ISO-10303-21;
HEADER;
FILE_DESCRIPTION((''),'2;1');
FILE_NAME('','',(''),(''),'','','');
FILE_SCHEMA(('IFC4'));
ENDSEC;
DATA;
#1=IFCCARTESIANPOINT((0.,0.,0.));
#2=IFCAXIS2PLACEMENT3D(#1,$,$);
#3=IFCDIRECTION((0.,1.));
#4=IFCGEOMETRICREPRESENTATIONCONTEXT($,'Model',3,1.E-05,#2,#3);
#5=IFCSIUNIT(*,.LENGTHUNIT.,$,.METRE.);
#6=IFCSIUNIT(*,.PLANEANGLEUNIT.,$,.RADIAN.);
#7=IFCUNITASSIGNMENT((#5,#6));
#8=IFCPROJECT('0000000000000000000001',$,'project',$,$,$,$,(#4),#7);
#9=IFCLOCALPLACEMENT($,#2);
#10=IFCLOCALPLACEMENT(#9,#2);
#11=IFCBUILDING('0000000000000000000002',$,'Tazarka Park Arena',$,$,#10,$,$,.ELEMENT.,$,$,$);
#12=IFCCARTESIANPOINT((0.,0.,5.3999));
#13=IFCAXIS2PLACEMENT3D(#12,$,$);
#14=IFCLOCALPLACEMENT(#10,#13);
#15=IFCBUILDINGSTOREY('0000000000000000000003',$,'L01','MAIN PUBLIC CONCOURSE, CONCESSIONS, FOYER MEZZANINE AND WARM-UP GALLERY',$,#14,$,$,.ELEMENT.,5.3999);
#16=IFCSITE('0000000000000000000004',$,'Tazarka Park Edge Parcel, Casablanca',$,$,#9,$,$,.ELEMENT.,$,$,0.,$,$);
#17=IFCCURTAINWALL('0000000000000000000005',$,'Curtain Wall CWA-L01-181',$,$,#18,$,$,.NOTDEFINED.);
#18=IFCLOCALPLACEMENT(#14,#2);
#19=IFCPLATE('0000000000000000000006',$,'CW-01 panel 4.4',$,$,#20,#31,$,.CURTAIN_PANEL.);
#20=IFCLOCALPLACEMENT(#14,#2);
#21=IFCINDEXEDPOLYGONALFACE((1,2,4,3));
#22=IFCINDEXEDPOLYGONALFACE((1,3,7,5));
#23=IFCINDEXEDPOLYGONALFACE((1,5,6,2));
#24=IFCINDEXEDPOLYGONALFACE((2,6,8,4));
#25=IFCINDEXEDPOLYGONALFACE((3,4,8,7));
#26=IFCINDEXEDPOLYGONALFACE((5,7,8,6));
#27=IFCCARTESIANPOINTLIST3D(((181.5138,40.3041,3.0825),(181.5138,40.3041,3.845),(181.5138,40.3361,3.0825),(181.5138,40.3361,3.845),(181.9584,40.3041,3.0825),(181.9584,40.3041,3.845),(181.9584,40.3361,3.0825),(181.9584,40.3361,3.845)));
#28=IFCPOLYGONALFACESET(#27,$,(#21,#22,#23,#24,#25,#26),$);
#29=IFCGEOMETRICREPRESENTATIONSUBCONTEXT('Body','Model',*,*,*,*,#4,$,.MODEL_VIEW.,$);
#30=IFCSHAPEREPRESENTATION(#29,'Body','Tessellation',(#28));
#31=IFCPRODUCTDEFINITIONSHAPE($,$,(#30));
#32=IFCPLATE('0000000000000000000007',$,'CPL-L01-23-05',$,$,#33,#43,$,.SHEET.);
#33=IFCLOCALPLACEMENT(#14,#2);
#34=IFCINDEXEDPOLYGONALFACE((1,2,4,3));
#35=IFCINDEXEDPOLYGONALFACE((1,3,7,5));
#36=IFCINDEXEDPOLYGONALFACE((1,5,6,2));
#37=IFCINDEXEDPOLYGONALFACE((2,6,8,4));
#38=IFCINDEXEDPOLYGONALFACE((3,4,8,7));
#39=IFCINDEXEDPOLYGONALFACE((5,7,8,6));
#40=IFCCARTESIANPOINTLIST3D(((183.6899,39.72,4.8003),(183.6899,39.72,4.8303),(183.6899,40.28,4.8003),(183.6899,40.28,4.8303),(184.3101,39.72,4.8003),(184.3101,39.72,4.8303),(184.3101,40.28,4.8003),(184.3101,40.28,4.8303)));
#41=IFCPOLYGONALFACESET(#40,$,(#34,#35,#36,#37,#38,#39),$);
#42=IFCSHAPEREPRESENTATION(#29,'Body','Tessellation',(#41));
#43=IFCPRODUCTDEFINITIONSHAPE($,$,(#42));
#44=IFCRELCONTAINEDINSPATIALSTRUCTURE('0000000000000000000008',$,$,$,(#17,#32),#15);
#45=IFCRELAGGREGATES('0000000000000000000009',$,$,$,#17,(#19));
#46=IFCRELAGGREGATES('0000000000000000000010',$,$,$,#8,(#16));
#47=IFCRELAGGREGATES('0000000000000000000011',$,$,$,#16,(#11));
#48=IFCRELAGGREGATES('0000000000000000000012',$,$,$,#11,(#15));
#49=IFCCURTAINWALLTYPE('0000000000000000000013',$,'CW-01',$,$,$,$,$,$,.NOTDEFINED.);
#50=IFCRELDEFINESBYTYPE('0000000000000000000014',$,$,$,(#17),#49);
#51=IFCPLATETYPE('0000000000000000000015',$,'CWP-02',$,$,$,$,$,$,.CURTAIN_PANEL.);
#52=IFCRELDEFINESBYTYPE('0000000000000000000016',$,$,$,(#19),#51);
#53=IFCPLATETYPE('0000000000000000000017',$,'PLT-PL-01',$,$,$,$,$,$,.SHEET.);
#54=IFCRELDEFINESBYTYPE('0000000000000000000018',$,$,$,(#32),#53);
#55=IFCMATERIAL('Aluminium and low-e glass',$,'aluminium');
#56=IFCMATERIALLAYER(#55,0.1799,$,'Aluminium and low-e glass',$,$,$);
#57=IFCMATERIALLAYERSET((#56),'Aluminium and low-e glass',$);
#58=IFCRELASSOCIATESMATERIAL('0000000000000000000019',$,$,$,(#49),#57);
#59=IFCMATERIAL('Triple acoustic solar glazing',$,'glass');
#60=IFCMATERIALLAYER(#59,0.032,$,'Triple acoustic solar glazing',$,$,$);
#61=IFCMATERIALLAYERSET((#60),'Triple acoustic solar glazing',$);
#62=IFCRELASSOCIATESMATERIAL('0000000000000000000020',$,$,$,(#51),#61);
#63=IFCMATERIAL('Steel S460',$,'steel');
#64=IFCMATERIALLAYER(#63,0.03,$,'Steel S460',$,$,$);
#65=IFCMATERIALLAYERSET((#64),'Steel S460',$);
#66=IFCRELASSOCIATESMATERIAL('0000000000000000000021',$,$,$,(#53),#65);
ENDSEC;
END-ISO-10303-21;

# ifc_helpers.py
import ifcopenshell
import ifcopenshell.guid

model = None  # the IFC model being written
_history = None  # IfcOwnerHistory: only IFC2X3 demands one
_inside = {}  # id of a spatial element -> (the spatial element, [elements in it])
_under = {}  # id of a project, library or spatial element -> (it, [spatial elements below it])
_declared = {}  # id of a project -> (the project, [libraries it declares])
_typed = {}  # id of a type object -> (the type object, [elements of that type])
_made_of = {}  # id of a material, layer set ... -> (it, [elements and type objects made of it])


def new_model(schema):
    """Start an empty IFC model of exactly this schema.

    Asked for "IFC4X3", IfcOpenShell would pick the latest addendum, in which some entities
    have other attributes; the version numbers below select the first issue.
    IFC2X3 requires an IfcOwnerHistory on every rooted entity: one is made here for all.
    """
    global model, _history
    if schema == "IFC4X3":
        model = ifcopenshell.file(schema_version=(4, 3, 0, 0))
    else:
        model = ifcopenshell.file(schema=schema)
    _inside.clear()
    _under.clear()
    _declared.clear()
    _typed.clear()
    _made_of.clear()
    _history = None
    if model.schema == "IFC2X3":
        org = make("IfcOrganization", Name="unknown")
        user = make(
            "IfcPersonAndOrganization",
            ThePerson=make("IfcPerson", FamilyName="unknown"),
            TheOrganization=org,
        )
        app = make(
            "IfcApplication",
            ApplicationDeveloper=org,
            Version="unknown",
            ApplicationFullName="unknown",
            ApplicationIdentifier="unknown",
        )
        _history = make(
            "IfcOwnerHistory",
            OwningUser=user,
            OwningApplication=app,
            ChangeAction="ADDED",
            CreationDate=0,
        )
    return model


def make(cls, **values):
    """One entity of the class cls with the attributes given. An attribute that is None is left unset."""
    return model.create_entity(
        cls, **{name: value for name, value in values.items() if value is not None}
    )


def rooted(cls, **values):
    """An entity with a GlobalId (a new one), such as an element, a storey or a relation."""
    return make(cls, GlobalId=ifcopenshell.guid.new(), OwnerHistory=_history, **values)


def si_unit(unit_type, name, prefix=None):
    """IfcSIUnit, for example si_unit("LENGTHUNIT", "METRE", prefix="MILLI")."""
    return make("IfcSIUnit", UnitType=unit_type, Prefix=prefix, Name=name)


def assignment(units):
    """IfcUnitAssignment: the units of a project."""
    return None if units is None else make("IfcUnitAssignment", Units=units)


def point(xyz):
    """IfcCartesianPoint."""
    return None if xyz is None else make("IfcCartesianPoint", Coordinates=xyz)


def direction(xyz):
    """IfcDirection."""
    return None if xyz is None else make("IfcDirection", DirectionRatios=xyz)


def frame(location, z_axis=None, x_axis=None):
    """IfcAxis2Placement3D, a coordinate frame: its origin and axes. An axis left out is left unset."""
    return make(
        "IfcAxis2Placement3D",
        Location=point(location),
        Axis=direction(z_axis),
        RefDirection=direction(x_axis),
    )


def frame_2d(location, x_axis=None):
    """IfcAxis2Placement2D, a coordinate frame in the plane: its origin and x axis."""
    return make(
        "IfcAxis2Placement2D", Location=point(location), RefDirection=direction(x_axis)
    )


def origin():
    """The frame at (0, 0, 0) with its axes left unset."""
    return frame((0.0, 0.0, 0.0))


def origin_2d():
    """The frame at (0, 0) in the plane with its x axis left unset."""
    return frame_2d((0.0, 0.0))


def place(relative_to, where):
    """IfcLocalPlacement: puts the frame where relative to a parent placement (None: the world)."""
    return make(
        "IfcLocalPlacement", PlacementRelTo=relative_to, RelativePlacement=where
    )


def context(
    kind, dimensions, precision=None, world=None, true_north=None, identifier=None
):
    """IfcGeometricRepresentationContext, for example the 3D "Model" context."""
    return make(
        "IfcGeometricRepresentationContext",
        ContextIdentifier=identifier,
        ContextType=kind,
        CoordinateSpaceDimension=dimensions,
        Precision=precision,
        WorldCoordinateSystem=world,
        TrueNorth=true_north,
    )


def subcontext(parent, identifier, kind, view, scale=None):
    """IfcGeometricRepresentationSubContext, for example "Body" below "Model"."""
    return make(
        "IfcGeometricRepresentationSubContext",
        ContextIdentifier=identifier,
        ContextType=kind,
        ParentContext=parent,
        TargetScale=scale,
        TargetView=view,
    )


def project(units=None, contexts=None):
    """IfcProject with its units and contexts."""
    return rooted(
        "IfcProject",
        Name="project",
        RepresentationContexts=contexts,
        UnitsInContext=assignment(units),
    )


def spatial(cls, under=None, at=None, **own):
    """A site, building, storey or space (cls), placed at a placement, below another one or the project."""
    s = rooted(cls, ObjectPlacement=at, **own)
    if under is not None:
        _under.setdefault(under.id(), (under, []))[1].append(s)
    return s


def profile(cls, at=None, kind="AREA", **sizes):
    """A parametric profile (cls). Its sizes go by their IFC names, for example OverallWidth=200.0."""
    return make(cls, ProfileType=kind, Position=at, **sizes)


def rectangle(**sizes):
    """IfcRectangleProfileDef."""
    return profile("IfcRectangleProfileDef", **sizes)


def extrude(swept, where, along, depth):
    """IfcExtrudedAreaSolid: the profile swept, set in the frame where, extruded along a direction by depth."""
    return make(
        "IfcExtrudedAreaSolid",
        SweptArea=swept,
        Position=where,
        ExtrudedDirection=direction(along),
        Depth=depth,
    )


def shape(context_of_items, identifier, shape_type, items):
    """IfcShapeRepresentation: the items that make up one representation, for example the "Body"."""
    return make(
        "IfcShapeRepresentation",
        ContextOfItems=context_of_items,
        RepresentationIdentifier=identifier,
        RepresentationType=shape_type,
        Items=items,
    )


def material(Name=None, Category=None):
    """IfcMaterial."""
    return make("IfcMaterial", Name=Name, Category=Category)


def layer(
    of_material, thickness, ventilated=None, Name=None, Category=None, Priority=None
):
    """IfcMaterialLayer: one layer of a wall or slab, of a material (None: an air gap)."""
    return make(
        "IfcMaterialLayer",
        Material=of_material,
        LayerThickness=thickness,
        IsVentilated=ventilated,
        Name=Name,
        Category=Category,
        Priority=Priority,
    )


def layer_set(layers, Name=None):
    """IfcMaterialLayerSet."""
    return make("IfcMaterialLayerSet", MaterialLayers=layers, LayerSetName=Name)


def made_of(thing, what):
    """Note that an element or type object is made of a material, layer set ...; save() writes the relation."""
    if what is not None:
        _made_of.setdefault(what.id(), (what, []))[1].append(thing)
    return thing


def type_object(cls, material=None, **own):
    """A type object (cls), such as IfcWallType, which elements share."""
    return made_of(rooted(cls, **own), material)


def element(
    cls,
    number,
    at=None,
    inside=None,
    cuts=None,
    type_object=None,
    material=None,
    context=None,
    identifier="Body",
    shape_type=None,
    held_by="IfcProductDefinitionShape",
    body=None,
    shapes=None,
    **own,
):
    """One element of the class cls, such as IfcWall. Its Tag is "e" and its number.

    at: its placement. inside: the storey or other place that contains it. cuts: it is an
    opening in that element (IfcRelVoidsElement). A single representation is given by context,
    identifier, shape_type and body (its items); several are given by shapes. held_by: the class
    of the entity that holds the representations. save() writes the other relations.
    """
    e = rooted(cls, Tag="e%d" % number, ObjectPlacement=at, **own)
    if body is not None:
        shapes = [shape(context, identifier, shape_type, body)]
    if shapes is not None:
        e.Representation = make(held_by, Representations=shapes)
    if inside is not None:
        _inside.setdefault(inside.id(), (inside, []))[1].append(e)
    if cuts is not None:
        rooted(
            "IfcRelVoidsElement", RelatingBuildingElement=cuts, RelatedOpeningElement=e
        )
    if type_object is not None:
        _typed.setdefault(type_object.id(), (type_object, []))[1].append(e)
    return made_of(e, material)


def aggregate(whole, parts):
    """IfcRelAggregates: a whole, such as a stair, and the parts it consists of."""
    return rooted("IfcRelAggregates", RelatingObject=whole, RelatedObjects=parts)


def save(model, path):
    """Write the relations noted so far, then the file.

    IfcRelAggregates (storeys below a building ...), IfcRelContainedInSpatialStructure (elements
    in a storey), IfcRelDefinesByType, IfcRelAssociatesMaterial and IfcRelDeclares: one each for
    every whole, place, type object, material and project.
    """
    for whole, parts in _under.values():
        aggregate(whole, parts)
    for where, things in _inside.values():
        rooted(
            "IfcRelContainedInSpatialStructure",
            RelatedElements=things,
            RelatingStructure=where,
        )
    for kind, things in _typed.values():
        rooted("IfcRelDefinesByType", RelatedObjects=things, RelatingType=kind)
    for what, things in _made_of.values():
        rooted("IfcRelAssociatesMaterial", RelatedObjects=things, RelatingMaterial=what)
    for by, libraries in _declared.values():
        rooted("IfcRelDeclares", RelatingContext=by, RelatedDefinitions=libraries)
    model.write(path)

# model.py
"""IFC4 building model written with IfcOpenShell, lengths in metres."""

from ifc_helpers import new_model, si_unit, direction, frame, origin, origin_2d, place, context, subcontext, project, spatial, rectangle, extrude, material, layer, layer_set, type_object, element, aggregate, save


model = new_model("IFC4")

# Units and contexts
model_context = context("Model", 3, precision=1e-05, world=origin(), true_north=direction((0.0, 1.0)))
body_context = subcontext(model_context, "Body", "Model", "MODEL_VIEW")
ifc_project = project(units=[si_unit("LENGTHUNIT", "METRE"), si_unit("PLANEANGLEUNIT", "RADIAN")], contexts=[model_context])

# Site, building, storey
site_placement = place(None, origin())
site = spatial("IfcSite", under=ifc_project, at=site_placement, Name="Tazarka Park Edge Parcel, Casablanca", CompositionType="ELEMENT", RefElevation=0.0)
building_placement = place(site_placement, origin())
building = spatial("IfcBuilding", under=site, at=building_placement, Name="Tazarka Park Arena", CompositionType="ELEMENT")
storey_placement = place(building_placement, frame((0.0, 0.0, 5.3999)))
storey = spatial("IfcBuildingStorey", under=building, at=storey_placement, Name="L01", Description="MAIN PUBLIC CONCOURSE, CONCESSIONS, FOYER MEZZANINE AND WARM-UP GALLERY", CompositionType="ELEMENT", Elevation=5.3999)

# Curtain wall
ifc_material_1 = material(Name="Aluminium and low-e glass", Category="aluminium")
ifc_layer_1 = layer(ifc_material_1, 0.1799, Name="Aluminium and low-e glass")
ifc_layer_set_1 = layer_set([ifc_layer_1], Name="Aluminium and low-e glass")
curtain_wall_type_1 = type_object("IfcCurtainWallType", Name="CW-01", PredefinedType="NOTDEFINED", material=ifc_layer_set_1)
curtain_wall_1_placement = place(storey_placement, origin())
curtain_wall_1 = element("IfcCurtainWall", 1, at=curtain_wall_1_placement, inside=storey, type_object=curtain_wall_type_1, Name="Curtain Wall CWA-L01-181", PredefinedType="NOTDEFINED")

# Plates
ifc_material_2 = material(Name="Triple acoustic solar glazing", Category="glass")
ifc_layer_2 = layer(ifc_material_2, 0.032, Name="Triple acoustic solar glazing")
ifc_layer_set_2 = layer_set([ifc_layer_2], Name="Triple acoustic solar glazing")
plate_type_1 = type_object("IfcPlateType", Name="CWP-02", PredefinedType="CURTAIN_PANEL", material=ifc_layer_set_2)
plate_1_placement = place(storey_placement, frame((181.7361, 40.3201, 3.0825), z_axis=(0.0, 0.0, 1.0), x_axis=(-1.0, 0.0, 0.0)))
plate_1 = element("IfcPlate", 2, at=plate_1_placement, type_object=plate_type_1, Name="CW-01 panel 4.4", PredefinedType="CURTAIN_PANEL", context=body_context, shape_type="SweptSolid", body=[
    extrude(rectangle(XDim=0.4446, YDim=0.032, at=origin_2d()), origin(), (0.0, 0.0, 1.0), 0.7625),
])
aggregate(curtain_wall_1, [plate_1])
ifc_material_3 = material(Name="Steel S460", Category="steel")
ifc_layer_3 = layer(ifc_material_3, 0.03, Name="Steel S460")
ifc_layer_set_3 = layer_set([ifc_layer_3], Name="Steel S460")
plate_type_2 = type_object("IfcPlateType", Name="PLT-PL-01", PredefinedType="SHEET", material=ifc_layer_set_3)
plate_2_placement = place(storey_placement, frame((184.0, 40.0, 4.8003), z_axis=(0.0, 0.0, 1.0), x_axis=(1.0, 0.0, 0.0)))
element("IfcPlate", 3, at=plate_2_placement, inside=storey, type_object=plate_type_2, Name="CPL-L01-23-05", PredefinedType="SHEET", context=body_context, shape_type="SweptSolid", body=[
    extrude(rectangle(XDim=0.6201, YDim=0.5601, at=origin_2d()), origin(), (0.0, 0.0, 1.0), 0.03),
])

save(model, "model.ifc")
